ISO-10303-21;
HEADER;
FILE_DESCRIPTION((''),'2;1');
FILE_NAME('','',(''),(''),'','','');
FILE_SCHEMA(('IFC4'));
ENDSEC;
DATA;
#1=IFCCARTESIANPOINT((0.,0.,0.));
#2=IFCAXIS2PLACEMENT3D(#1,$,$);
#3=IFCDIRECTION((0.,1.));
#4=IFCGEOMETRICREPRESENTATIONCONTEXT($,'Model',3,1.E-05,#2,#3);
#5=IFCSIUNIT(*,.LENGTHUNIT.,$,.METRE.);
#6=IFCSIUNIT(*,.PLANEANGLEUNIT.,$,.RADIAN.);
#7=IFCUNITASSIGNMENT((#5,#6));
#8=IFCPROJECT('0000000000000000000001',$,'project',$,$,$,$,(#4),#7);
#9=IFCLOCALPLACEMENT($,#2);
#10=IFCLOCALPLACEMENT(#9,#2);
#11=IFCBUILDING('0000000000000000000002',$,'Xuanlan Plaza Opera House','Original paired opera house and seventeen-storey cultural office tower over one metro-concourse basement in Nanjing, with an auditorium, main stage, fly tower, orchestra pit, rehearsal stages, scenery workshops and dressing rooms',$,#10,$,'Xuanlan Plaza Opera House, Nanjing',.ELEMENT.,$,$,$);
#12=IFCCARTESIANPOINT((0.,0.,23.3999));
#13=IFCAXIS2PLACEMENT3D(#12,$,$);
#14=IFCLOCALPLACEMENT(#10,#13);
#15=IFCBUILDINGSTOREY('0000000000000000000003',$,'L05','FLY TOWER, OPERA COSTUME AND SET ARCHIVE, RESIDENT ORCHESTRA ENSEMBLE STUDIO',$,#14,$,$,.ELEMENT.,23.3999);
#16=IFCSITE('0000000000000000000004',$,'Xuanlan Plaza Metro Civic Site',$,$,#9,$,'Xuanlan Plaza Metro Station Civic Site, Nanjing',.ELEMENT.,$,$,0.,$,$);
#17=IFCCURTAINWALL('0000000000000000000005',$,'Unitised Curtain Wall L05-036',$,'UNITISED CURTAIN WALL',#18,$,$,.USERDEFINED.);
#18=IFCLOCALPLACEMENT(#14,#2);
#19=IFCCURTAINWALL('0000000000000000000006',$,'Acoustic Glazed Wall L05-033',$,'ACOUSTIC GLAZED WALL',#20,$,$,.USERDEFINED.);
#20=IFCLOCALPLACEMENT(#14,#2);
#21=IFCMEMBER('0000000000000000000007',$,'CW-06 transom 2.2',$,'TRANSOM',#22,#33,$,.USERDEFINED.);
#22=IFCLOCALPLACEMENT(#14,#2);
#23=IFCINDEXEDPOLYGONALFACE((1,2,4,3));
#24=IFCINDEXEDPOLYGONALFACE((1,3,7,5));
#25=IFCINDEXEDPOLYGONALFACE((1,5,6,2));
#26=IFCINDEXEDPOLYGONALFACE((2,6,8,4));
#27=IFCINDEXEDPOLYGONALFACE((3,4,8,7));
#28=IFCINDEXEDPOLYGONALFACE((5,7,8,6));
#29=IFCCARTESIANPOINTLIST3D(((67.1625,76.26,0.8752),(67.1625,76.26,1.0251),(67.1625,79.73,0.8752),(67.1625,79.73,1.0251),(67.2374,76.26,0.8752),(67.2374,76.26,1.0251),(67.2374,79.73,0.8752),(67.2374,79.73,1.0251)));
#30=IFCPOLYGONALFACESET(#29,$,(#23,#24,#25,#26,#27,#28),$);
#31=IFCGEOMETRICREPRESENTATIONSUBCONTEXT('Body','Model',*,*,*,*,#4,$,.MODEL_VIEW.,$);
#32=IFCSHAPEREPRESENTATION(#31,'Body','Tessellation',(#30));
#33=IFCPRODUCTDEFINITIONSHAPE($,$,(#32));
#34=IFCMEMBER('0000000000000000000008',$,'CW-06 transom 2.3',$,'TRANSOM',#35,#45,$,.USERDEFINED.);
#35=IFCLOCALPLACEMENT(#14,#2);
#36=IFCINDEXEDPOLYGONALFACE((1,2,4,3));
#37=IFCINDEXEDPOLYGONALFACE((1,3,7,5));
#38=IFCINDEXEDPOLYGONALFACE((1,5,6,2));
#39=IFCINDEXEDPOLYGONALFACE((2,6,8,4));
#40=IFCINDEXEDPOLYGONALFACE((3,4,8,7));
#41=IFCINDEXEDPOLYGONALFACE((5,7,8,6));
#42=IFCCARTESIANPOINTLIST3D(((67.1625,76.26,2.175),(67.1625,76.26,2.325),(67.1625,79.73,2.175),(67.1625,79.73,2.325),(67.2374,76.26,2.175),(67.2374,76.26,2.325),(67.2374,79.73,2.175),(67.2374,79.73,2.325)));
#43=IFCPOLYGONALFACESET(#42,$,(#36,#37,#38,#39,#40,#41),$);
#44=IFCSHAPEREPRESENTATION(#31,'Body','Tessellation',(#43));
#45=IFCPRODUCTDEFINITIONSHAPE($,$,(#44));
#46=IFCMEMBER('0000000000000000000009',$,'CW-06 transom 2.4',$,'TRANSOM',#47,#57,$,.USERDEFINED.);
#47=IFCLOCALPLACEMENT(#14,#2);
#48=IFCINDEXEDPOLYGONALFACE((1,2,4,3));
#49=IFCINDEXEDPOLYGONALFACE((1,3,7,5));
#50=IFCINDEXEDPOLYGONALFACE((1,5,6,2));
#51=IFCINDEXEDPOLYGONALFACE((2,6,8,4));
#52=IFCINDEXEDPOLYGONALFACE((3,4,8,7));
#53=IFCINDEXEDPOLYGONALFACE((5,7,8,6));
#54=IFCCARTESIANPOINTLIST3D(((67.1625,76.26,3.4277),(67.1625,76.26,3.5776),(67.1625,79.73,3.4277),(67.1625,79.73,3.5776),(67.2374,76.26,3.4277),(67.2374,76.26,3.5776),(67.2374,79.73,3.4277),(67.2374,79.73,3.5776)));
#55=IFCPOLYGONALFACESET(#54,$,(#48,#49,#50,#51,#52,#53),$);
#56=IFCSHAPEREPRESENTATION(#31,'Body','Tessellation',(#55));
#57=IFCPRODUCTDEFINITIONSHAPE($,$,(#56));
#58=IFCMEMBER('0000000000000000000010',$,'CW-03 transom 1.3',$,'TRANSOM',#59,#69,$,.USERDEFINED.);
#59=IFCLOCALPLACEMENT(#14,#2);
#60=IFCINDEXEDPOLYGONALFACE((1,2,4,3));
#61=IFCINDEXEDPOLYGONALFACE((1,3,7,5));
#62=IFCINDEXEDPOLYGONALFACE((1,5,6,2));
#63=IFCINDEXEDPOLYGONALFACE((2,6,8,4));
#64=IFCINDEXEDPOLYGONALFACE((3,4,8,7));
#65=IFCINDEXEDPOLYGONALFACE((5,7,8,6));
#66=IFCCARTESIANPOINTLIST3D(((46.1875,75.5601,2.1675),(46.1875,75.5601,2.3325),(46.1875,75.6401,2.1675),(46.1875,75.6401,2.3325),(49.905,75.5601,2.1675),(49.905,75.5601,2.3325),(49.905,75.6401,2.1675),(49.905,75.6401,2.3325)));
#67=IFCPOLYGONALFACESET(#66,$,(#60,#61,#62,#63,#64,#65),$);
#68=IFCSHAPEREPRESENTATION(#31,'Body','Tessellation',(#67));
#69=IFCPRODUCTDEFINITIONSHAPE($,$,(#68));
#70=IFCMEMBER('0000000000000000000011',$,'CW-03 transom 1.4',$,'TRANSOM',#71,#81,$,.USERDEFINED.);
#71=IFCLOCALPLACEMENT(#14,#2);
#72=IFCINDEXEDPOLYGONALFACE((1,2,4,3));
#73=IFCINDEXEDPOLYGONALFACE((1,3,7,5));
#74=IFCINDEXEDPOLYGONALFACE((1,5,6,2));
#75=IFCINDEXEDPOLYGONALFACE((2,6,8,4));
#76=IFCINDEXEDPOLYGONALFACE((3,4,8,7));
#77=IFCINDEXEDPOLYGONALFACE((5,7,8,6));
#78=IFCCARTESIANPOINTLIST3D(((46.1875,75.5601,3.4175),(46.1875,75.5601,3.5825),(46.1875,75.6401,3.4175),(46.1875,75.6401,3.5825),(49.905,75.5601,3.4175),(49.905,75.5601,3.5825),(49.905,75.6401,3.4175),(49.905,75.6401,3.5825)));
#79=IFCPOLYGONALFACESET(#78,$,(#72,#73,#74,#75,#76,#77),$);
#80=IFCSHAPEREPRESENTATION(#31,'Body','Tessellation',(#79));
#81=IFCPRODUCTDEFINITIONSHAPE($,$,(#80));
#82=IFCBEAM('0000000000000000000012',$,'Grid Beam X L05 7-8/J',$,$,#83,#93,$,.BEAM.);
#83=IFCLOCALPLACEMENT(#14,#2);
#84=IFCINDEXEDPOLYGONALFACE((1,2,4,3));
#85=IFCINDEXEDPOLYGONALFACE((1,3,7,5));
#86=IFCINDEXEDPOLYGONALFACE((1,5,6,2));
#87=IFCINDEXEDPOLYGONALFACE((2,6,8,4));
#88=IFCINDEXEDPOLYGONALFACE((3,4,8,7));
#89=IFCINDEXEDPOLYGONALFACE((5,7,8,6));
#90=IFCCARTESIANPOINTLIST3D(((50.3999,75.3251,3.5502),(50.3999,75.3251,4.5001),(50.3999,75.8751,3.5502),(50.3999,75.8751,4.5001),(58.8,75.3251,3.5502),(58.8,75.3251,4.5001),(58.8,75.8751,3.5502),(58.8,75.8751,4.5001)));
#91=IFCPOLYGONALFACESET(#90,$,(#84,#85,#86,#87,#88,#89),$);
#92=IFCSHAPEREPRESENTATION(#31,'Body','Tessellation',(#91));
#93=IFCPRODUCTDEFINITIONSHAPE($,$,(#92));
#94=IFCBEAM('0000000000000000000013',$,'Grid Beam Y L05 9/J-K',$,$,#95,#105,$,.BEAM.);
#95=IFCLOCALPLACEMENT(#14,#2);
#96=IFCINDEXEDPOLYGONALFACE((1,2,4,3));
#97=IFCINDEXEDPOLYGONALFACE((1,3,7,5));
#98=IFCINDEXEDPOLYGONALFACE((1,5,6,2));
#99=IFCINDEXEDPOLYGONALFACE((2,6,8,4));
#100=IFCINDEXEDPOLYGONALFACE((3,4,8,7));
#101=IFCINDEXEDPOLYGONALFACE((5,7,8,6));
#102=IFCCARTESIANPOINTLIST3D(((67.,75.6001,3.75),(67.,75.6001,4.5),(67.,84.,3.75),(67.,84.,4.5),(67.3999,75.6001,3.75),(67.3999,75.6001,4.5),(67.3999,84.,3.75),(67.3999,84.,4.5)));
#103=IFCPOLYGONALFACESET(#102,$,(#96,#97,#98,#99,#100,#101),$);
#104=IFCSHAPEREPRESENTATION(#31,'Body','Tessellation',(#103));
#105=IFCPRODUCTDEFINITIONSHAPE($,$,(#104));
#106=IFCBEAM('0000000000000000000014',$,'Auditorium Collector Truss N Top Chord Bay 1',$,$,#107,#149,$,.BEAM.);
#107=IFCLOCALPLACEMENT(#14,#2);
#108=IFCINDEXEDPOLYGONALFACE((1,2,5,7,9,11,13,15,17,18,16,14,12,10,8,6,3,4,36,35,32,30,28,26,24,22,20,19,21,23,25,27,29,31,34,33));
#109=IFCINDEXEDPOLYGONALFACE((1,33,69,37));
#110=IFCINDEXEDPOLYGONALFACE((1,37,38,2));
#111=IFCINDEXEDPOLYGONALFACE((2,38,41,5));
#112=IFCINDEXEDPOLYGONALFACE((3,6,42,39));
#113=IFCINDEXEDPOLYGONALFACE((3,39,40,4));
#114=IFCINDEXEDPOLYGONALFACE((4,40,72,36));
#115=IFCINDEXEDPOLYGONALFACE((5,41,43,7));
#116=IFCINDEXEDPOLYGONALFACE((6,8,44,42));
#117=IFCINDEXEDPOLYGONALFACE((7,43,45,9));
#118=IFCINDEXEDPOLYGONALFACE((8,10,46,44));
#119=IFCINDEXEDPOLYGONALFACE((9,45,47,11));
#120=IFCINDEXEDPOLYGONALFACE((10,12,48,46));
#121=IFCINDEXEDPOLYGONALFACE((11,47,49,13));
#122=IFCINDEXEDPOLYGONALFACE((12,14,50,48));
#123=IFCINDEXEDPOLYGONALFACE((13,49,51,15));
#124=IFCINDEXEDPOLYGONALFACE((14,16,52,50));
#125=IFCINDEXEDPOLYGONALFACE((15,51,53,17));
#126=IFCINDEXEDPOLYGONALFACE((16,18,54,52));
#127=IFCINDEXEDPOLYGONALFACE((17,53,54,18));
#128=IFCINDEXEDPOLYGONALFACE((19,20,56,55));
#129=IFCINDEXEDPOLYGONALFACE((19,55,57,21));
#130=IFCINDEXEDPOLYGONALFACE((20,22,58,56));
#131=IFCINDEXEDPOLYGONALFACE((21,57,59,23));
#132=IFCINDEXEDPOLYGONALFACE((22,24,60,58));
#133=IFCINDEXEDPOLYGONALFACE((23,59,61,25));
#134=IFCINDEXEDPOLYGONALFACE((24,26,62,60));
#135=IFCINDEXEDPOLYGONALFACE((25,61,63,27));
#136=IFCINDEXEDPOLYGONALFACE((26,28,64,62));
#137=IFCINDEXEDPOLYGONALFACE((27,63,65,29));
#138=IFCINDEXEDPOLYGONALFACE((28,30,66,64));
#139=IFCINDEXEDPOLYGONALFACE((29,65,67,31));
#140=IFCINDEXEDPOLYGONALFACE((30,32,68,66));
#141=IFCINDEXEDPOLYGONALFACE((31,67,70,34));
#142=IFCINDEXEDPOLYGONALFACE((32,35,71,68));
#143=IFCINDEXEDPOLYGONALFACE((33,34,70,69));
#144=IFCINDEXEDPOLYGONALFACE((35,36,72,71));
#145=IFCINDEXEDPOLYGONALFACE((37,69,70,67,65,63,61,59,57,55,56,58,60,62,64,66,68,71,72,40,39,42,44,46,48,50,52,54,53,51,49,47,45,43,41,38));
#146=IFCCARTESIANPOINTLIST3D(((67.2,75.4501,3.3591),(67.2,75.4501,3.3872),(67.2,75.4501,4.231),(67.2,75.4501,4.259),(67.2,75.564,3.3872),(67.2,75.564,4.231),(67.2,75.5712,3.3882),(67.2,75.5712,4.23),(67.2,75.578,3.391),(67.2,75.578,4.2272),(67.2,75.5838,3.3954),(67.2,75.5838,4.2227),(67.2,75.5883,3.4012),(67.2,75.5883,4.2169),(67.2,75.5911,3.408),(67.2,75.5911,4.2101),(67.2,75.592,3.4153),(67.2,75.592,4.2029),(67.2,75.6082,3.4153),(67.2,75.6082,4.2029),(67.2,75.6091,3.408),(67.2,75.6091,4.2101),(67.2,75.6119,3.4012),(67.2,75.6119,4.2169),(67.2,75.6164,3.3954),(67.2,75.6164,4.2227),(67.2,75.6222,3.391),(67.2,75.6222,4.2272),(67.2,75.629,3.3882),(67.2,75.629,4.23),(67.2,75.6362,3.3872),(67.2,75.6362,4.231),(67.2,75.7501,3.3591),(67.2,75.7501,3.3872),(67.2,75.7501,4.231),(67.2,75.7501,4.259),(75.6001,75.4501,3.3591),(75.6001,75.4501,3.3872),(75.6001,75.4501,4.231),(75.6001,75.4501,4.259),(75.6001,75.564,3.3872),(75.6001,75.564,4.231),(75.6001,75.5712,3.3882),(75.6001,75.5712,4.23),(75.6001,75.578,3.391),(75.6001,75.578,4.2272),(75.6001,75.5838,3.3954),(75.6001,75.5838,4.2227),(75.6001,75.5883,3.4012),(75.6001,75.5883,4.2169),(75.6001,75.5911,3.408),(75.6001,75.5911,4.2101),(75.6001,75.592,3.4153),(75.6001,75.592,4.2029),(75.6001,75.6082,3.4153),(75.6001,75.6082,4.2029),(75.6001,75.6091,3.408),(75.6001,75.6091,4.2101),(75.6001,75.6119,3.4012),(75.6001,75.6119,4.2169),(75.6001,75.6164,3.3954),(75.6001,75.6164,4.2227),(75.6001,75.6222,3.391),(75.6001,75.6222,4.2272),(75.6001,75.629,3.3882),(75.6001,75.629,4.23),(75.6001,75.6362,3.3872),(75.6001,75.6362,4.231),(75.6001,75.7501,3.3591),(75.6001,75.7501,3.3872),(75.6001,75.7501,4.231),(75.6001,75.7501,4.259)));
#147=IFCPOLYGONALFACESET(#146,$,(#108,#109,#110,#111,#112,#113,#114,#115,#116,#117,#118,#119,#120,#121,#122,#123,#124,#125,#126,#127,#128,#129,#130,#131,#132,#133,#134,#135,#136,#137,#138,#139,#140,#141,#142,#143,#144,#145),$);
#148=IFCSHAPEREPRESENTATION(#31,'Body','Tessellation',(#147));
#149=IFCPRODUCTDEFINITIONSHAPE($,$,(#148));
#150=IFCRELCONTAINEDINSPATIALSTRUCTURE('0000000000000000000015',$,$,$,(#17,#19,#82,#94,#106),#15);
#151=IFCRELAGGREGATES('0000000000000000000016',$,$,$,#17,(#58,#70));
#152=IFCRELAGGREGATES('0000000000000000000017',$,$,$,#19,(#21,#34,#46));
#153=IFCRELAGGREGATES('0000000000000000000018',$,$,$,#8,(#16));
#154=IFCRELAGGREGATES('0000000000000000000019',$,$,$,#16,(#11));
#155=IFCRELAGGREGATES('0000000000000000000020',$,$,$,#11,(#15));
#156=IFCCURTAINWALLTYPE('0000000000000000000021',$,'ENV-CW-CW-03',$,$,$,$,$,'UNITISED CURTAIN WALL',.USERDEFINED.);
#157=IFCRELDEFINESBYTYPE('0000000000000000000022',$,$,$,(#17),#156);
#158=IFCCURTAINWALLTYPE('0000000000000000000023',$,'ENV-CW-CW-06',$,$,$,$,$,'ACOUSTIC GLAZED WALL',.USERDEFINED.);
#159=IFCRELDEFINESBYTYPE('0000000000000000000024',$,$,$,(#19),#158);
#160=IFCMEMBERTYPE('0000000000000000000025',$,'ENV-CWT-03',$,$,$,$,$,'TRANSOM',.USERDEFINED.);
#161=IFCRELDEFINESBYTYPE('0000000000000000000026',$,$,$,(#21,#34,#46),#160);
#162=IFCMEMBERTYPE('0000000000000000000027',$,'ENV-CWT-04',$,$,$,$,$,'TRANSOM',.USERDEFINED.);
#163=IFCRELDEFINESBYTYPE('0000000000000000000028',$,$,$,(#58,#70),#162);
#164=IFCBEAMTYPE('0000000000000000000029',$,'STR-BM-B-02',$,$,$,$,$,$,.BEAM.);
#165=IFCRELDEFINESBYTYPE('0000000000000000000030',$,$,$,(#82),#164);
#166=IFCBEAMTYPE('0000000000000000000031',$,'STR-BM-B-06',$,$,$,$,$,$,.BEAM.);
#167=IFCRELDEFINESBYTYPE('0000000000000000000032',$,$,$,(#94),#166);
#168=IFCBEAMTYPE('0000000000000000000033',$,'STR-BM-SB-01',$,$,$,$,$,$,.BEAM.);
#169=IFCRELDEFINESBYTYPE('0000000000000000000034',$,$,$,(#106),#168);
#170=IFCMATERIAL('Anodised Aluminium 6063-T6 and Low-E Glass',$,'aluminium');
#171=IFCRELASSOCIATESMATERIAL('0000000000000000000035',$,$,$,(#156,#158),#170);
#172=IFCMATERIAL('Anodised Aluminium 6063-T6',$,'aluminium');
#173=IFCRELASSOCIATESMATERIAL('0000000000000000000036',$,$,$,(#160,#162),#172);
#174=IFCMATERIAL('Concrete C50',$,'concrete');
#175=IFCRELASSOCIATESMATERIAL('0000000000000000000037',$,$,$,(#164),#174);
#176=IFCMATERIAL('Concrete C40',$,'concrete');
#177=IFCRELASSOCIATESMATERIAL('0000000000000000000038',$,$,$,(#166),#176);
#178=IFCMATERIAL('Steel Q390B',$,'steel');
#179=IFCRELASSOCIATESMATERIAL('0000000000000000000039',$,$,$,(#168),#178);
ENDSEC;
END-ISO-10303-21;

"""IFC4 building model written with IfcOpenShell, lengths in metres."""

from ifc_helpers import new_model, si_unit, direction, frame, origin, origin_2d, place, context, subcontext, project, spatial, rectangle, i_section, extrude, material, material_profile, profile_set, type_object, element, aggregate, save


model = new_model("IFC4")

# Units and contexts
model_context = context("Model", 3, precision=1e-05, world=origin(), true_north=direction((0.0, 1.0)))
body_context = subcontext(model_context, "Body", "Model", "MODEL_VIEW")
ifc_project = project(units=[si_unit("LENGTHUNIT", "METRE"), si_unit("PLANEANGLEUNIT", "RADIAN")], contexts=[model_context])

# Site, building, storey
site_placement = place(None, origin())
site = spatial("IfcSite", under=ifc_project, at=site_placement, Name="Xuanlan Plaza Metro Civic Site", LongName="Xuanlan Plaza Metro Station Civic Site, Nanjing", CompositionType="ELEMENT", RefElevation=0.0)
building_placement = place(site_placement, origin())
building = spatial("IfcBuilding", under=site, at=building_placement, Name="Xuanlan Plaza Opera House", Description="Original paired opera house and seventeen-storey cultural office tower over one metro-concourse basement in Nanjing, with an auditorium, main stage, fly tower, orchestra pit, rehearsal stages, scenery workshops and dressing rooms", LongName="Xuanlan Plaza Opera House, Nanjing", CompositionType="ELEMENT")
storey_placement = place(building_placement, frame((0.0, 0.0, 23.3999)))
storey = spatial("IfcBuildingStorey", under=building, at=storey_placement, Name="L05", Description="FLY TOWER, OPERA COSTUME AND SET ARCHIVE, RESIDENT ORCHESTRA ENSEMBLE STUDIO", CompositionType="ELEMENT", Elevation=23.3999)

# Shared definitions
ifc_material_1 = material(Name="Concrete C50", Category="concrete")
ifc_material_2 = material(Name="Concrete C40", Category="concrete")

# Curtain wall
ifc_material_3 = material(Name="Anodised Aluminium 6063-T6 and Low-E Glass", Category="aluminium")
curtain_wall_type_1 = type_object("IfcCurtainWallType", Name="ENV-CW-CW-03", ElementType="UNITISED CURTAIN WALL", PredefinedType="USERDEFINED", material=ifc_material_3)
curtain_wall_1_placement = place(storey_placement, origin())
curtain_wall_1 = element("IfcCurtainWall", 1, at=curtain_wall_1_placement, inside=storey, type_object=curtain_wall_type_1, Name="Unitised Curtain Wall L05-036", ObjectType="UNITISED CURTAIN WALL", PredefinedType="USERDEFINED")
ifc_material_4 = material(Name="Anodised Aluminium 6063-T6", Category="aluminium")

# Curtain wall, members
curtain_wall_type_2 = type_object("IfcCurtainWallType", Name="ENV-CW-CW-06", ElementType="ACOUSTIC GLAZED WALL", PredefinedType="USERDEFINED", material=ifc_material_3)
curtain_wall_2_placement = place(storey_placement, origin())
curtain_wall_2 = element("IfcCurtainWall", 2, at=curtain_wall_2_placement, inside=storey, type_object=curtain_wall_type_2, Name="Acoustic Glazed Wall L05-033", ObjectType="ACOUSTIC GLAZED WALL", PredefinedType="USERDEFINED")
ifc_material_profile_1 = material_profile(ifc_material_4, rectangle(XDim=0.075, YDim=0.1499, at=origin_2d()), Name="ALU-T 75x150")
ifc_profile_set_1 = profile_set([ifc_material_profile_1], Name="Anodised Aluminium 6063-T6")
member_type_1 = type_object("IfcMemberType", Name="ENV-CWT-03", ElementType="TRANSOM", PredefinedType="USERDEFINED", material=ifc_profile_set_1)
member_1_placement = place(storey_placement, frame((67.2, 79.73, 0.9502), z_axis=(0.0, -1.0, 0.0), x_axis=(1.0, 0.0, 0.0)))
member_1 = element("IfcMember", 3, at=member_1_placement, type_object=member_type_1, Name="CW-06 transom 2.2", ObjectType="TRANSOM", PredefinedType="USERDEFINED", context=body_context, shape_type="SweptSolid", body=[
    extrude(rectangle(XDim=0.075, YDim=0.1499, at=origin_2d()), origin(), (0.0, 0.0, 1.0), 3.47),
])
member_2_placement = place(storey_placement, frame((67.2, 79.73, 2.25), z_axis=(0.0, -1.0, 0.0), x_axis=(1.0, 0.0, 0.0)))
member_2 = element("IfcMember", 4, at=member_2_placement, type_object=member_type_1, Name="CW-06 transom 2.3", ObjectType="TRANSOM", PredefinedType="USERDEFINED", context=body_context, shape_type="SweptSolid", body=[
    extrude(rectangle(XDim=0.075, YDim=0.1499, at=origin_2d()), origin(), (0.0, 0.0, 1.0), 3.47),
])
member_3_placement = place(storey_placement, frame((67.2, 79.73, 3.5027), z_axis=(0.0, -1.0, 0.0), x_axis=(1.0, 0.0, 0.0)))
member_3 = element("IfcMember", 5, at=member_3_placement, type_object=member_type_1, Name="CW-06 transom 2.4", ObjectType="TRANSOM", PredefinedType="USERDEFINED", context=body_context, shape_type="SweptSolid", body=[
    extrude(rectangle(XDim=0.075, YDim=0.1499, at=origin_2d()), origin(), (0.0, 0.0, 1.0), 3.47),
])

# Members
ifc_material_profile_2 = material_profile(ifc_material_4, rectangle(XDim=0.0801, YDim=0.165, at=origin_2d()), Name="ALU-T 80x165")
ifc_profile_set_2 = profile_set([ifc_material_profile_2], Name="Anodised Aluminium 6063-T6")
member_type_2 = type_object("IfcMemberType", Name="ENV-CWT-04", ElementType="TRANSOM", PredefinedType="USERDEFINED", material=ifc_profile_set_2)
member_4_placement = place(storey_placement, frame((49.905, 75.6001, 2.25), z_axis=(-1.0, 0.0, 0.0), x_axis=(0.0, -1.0, 0.0)))
member_4 = element("IfcMember", 6, at=member_4_placement, type_object=member_type_2, Name="CW-03 transom 1.3", ObjectType="TRANSOM", PredefinedType="USERDEFINED", context=body_context, shape_type="SweptSolid", body=[
    extrude(rectangle(XDim=0.0801, YDim=0.165, at=origin_2d()), origin(), (0.0, 0.0, 1.0), 3.7175),
])
member_5_placement = place(storey_placement, frame((49.905, 75.6001, 3.5), z_axis=(-1.0, 0.0, 0.0), x_axis=(0.0, -1.0, 0.0)))
member_5 = element("IfcMember", 7, at=member_5_placement, type_object=member_type_2, Name="CW-03 transom 1.4", ObjectType="TRANSOM", PredefinedType="USERDEFINED", context=body_context, shape_type="SweptSolid", body=[
    extrude(rectangle(XDim=0.0801, YDim=0.165, at=origin_2d()), origin(), (0.0, 0.0, 1.0), 3.7175),
])
aggregate(curtain_wall_1, [member_4, member_5])

# Beams
ifc_material_profile_3 = material_profile(ifc_material_1, rectangle(XDim=0.55, YDim=0.95, at=origin_2d()), Name="RC-BM 550x950")
ifc_profile_set_3 = profile_set([ifc_material_profile_3], Name="Concrete C50")
beam_type_1 = type_object("IfcBeamType", Name="STR-BM-B-02", PredefinedType="BEAM", material=ifc_profile_set_3)
beam_1_placement = place(storey_placement, frame((50.3999, 75.6001, 4.0251), z_axis=(1.0, 0.0, 0.0), x_axis=(0.0, 1.0, 0.0)))
element("IfcBeam", 8, at=beam_1_placement, inside=storey, type_object=beam_type_1, Name="Grid Beam X L05 7-8/J", PredefinedType="BEAM", context=body_context, shape_type="SweptSolid", body=[
    extrude(rectangle(XDim=0.55, YDim=0.95, at=origin_2d()), origin(), (0.0, 0.0, 1.0), 8.4001),
])
ifc_material_profile_4 = material_profile(ifc_material_2, rectangle(XDim=0.3999, YDim=0.75, at=origin_2d()), Name="RC-BM 400x750")
ifc_profile_set_4 = profile_set([ifc_material_profile_4], Name="Concrete C40")
beam_type_2 = type_object("IfcBeamType", Name="STR-BM-B-06", PredefinedType="BEAM", material=ifc_profile_set_4)
beam_2_placement = place(storey_placement, frame((67.2, 75.6001, 4.125), z_axis=(0.0, 1.0, 0.0), x_axis=(-1.0, 0.0, 0.0)))
element("IfcBeam", 9, at=beam_2_placement, inside=storey, type_object=beam_type_2, Name="Grid Beam Y L05 9/J-K", PredefinedType="BEAM", context=body_context, shape_type="SweptSolid", body=[
    extrude(rectangle(XDim=0.3999, YDim=0.75, at=origin_2d()), origin(), (0.0, 0.0, 1.0), 8.3999),
])
ifc_material_5 = material(Name="Steel Q390B", Category="steel")
ifc_material_profile_5 = material_profile(ifc_material_5, i_section(OverallWidth=0.3, OverallDepth=0.8999, WebThickness=0.0161, FlangeThickness=0.0281, FilletRadius=0.0281, at=origin_2d()), Name="HN 900x300x16x28")
ifc_profile_set_5 = profile_set([ifc_material_profile_5], Name="Steel Q390B")
beam_type_3 = type_object("IfcBeamType", Name="STR-BM-SB-01", PredefinedType="BEAM", material=ifc_profile_set_5)
beam_3_placement = place(storey_placement, frame((67.2, 75.6001, 3.8091), z_axis=(1.0, 0.0, 0.0), x_axis=(0.0, 1.0, 0.0)))
element("IfcBeam", 10, at=beam_3_placement, inside=storey, type_object=beam_type_3, Name="Auditorium Collector Truss N Top Chord Bay 1", PredefinedType="BEAM", context=body_context, shape_type="SweptSolid", body=[
    extrude(i_section(OverallWidth=0.3, OverallDepth=0.8999, WebThickness=0.0161, FlangeThickness=0.0281, FilletRadius=0.0281, at=origin_2d()), origin(), (0.0, 0.0, 1.0), 8.4001),
])

aggregate(curtain_wall_2, [member_1, member_2, member_3])

save(model, "model.ifc")
